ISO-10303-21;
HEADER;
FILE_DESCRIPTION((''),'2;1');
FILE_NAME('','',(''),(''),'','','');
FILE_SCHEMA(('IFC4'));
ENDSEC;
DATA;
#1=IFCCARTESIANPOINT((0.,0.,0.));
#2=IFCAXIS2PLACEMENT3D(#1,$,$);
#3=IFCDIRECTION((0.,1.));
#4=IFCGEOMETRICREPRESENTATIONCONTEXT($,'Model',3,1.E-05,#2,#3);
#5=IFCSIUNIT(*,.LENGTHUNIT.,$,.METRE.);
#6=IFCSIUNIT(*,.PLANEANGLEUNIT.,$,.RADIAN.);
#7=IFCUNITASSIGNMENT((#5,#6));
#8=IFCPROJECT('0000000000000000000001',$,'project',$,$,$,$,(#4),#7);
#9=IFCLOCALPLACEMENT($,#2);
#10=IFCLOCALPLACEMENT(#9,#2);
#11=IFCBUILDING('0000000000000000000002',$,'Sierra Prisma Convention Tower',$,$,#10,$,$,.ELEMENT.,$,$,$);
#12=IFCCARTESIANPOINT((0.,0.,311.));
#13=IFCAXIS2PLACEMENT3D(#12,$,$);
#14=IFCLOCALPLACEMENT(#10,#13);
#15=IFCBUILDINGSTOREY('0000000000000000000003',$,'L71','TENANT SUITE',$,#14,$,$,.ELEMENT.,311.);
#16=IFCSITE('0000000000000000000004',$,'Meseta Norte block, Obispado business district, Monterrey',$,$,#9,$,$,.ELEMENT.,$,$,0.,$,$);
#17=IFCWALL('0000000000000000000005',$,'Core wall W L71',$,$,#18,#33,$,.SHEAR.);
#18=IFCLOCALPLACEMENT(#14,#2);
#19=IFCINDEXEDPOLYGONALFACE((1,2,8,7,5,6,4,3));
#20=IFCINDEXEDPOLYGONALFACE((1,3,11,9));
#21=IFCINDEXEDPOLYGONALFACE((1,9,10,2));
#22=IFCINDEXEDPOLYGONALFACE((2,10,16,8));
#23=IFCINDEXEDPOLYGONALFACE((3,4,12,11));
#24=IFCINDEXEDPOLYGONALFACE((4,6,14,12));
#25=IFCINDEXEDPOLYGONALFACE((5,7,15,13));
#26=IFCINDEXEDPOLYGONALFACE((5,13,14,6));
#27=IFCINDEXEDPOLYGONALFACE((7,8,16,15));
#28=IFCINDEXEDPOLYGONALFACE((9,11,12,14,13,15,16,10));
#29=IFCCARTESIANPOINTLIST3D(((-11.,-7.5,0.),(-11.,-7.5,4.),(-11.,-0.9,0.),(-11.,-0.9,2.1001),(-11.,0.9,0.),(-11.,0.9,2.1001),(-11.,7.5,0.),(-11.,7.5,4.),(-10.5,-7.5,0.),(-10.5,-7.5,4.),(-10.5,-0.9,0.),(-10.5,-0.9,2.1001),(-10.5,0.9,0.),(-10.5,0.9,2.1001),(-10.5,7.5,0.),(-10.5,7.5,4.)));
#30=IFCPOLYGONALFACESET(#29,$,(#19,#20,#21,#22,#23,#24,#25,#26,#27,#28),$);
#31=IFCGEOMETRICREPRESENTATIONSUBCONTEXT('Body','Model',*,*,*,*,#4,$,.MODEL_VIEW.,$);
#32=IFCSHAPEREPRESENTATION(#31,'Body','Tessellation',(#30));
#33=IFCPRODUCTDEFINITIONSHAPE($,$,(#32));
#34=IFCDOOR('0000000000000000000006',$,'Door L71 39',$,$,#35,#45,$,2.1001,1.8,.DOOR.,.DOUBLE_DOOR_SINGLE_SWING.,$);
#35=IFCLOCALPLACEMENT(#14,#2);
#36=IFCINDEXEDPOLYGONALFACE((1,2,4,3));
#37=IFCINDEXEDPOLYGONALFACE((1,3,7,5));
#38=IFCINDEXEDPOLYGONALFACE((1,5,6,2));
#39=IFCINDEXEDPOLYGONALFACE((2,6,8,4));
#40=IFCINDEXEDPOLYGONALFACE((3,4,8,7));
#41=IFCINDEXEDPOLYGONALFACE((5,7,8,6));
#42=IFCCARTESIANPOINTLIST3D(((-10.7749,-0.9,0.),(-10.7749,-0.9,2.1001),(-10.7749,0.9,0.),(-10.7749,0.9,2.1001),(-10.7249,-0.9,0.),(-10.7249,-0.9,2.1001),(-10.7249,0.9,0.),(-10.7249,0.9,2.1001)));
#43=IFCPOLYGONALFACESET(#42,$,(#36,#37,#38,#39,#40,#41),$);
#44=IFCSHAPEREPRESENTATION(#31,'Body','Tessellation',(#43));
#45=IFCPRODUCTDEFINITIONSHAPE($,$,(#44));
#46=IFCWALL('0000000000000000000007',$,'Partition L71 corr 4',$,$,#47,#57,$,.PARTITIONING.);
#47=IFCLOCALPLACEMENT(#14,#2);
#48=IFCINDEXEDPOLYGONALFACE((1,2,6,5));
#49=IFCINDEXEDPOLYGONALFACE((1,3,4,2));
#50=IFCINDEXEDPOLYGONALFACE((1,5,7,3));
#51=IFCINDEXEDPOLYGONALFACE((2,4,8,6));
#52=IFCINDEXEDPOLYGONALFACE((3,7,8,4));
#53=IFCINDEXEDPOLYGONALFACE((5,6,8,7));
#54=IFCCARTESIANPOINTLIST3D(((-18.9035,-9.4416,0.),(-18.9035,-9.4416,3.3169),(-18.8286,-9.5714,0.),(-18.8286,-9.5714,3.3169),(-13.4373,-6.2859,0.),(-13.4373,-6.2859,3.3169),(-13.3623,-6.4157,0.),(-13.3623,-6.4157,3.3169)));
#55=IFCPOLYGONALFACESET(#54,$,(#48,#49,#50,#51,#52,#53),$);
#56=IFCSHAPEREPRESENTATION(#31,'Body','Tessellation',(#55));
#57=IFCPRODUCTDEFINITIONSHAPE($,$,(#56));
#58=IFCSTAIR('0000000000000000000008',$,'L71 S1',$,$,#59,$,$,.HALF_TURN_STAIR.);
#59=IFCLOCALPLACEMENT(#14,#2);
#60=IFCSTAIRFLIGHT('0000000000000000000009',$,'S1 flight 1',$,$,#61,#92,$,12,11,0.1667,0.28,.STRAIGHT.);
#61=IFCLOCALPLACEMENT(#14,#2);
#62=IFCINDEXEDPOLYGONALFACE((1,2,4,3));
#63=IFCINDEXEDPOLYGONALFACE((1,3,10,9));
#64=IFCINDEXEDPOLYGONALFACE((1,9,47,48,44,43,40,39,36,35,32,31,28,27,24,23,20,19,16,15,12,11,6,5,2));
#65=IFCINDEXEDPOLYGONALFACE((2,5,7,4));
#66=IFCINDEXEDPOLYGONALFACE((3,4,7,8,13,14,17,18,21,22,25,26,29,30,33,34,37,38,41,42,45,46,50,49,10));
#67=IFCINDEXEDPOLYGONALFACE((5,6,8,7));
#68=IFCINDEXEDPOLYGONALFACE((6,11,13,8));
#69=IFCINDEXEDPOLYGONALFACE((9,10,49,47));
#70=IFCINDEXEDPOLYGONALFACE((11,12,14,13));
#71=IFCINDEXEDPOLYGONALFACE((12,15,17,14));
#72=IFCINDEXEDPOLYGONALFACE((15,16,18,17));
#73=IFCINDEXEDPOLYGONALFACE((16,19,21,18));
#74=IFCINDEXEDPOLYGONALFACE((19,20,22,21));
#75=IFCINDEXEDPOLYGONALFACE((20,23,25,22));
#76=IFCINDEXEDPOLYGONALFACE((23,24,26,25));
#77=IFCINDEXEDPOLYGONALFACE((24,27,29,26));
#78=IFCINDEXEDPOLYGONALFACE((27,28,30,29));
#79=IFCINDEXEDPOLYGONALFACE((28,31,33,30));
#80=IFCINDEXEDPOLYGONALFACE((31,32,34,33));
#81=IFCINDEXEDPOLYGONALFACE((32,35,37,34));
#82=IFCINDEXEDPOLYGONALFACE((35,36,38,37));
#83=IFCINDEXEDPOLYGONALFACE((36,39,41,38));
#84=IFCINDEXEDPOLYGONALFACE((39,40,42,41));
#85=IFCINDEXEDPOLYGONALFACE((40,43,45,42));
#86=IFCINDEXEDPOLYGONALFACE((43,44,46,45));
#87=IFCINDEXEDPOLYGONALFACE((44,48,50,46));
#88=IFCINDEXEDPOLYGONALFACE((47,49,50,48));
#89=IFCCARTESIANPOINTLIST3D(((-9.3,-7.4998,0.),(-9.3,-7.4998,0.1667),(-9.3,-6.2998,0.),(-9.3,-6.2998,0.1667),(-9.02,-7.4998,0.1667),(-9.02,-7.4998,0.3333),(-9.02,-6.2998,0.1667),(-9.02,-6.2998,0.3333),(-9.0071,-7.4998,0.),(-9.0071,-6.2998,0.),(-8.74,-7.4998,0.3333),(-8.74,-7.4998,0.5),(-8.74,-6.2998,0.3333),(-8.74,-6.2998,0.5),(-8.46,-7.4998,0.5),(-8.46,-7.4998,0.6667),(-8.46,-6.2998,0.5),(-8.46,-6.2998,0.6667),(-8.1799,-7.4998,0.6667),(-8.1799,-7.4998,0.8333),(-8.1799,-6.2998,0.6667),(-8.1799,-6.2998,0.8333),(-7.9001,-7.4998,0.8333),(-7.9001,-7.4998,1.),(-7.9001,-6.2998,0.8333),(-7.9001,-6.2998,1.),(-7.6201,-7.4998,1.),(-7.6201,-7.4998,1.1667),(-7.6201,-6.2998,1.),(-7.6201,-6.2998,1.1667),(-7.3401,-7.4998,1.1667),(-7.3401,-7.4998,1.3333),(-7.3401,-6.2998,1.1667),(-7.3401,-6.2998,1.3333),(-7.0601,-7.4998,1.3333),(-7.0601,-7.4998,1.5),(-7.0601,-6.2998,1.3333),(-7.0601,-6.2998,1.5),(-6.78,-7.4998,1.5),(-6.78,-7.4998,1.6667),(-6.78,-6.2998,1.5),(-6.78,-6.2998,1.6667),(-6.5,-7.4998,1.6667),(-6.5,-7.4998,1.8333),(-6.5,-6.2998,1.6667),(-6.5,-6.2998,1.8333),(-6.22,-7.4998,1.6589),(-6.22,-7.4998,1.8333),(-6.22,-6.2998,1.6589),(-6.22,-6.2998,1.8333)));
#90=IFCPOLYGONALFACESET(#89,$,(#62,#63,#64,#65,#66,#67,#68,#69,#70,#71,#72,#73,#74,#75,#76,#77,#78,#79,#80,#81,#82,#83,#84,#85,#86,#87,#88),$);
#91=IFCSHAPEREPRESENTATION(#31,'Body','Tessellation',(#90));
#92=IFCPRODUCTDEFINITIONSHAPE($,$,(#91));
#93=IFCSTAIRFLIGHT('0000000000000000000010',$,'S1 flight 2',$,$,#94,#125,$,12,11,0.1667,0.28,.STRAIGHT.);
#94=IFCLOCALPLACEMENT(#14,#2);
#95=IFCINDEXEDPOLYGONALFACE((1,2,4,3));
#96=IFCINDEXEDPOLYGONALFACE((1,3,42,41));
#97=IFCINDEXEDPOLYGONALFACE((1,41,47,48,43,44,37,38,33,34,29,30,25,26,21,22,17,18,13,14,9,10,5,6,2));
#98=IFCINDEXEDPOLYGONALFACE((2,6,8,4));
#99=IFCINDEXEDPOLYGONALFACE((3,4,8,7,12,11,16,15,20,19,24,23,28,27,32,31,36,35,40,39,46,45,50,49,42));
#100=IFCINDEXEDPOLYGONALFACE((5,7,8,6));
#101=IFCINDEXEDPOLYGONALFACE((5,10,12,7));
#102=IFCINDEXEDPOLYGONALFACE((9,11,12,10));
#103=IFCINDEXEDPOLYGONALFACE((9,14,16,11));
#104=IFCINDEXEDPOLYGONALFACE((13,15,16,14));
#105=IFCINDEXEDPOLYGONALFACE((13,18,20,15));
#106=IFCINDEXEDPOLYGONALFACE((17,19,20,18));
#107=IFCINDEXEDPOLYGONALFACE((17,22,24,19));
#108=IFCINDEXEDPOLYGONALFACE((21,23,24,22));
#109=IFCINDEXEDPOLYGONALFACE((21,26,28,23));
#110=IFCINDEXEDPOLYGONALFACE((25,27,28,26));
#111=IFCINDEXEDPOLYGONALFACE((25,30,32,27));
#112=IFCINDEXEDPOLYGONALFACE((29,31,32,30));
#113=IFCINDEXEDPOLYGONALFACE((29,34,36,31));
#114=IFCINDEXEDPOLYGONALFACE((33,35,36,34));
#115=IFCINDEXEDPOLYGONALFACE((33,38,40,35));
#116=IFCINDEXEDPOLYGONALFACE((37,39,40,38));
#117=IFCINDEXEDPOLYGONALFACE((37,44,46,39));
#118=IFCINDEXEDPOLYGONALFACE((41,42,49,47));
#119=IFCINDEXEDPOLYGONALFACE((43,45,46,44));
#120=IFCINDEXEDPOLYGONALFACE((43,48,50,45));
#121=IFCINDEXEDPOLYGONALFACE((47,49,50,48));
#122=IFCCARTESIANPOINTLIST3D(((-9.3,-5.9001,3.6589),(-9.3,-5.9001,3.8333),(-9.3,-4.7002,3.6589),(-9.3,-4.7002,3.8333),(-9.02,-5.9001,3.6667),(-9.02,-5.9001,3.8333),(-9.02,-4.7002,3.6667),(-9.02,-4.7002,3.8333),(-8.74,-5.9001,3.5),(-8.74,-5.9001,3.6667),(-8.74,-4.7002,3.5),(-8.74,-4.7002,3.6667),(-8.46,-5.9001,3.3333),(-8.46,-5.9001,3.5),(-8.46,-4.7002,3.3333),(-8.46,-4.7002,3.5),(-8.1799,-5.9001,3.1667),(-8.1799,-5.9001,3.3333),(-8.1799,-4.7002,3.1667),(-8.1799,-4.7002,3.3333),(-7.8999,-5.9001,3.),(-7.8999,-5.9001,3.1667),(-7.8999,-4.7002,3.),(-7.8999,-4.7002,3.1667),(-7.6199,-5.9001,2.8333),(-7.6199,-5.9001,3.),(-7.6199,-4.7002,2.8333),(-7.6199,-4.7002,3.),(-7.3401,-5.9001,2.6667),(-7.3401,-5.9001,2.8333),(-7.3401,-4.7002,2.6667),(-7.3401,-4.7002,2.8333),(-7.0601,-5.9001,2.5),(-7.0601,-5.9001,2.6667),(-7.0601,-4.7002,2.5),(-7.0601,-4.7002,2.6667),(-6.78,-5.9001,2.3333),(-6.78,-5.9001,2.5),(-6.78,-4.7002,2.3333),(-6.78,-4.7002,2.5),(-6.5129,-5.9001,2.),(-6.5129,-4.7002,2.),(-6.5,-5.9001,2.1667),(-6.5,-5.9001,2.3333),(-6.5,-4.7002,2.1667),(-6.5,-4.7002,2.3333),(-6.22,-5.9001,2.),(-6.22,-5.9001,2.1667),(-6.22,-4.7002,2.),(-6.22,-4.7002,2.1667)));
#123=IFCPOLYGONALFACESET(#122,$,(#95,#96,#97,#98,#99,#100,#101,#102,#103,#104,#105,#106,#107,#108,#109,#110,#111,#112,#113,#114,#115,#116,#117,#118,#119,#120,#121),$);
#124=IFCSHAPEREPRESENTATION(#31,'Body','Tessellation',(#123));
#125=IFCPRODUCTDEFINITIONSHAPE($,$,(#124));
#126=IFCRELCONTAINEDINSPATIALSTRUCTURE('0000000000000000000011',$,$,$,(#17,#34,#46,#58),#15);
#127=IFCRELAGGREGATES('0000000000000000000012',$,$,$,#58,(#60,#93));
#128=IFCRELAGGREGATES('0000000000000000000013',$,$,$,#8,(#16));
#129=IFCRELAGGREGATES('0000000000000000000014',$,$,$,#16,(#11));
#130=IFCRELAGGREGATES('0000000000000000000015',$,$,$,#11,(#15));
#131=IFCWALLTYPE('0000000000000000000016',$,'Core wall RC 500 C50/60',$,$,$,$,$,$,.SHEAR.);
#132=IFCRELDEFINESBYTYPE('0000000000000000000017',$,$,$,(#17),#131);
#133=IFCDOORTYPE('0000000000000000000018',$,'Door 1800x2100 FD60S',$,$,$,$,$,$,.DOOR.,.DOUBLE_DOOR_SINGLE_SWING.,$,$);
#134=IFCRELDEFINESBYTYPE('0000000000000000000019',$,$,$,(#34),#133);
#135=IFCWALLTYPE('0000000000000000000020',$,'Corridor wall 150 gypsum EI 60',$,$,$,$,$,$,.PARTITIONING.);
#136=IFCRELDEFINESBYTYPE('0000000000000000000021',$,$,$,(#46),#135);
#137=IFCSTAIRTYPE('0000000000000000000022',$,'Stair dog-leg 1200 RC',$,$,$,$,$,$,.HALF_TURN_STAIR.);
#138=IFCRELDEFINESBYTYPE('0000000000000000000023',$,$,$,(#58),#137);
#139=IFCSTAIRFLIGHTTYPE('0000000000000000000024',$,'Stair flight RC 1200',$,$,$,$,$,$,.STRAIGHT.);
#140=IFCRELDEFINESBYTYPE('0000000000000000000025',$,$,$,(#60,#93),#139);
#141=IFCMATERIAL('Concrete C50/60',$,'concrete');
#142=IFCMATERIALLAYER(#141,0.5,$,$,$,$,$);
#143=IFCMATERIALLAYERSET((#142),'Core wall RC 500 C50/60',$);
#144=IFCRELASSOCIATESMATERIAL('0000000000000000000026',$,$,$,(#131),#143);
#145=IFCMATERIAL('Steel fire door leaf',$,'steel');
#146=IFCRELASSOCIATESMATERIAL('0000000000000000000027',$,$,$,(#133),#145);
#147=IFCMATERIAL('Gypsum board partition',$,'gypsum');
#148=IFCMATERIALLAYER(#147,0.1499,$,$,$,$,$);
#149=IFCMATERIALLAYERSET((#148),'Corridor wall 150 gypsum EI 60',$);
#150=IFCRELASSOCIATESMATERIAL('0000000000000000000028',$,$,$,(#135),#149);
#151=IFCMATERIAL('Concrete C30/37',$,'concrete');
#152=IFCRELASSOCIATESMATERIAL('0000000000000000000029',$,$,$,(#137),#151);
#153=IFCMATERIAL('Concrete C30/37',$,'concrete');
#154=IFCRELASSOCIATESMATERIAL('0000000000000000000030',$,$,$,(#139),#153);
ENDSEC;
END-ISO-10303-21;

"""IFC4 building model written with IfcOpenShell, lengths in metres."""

from ifc_helpers import new_model, si_unit, direction, frame, frame_2d, origin, place, context, subcontext, project, spatial, polyline, rectangle, outline, extrude, material, layer, layer_set, type_object, element, fill, aggregate, save


model = new_model("IFC4")

# Units and contexts
model_context = context("Model", 3, precision=1e-05, world=origin(), true_north=direction((0.0, 1.0)))
body_context = subcontext(model_context, "Body", "Model", "MODEL_VIEW")
ifc_project = project(units=[si_unit("LENGTHUNIT", "METRE"), si_unit("PLANEANGLEUNIT", "RADIAN")], contexts=[model_context])

# Site, building, storey
site_placement = place(None, origin())
site = spatial("IfcSite", under=ifc_project, at=site_placement, Name="Meseta Norte block, Obispado business district, Monterrey", CompositionType="ELEMENT", RefElevation=0.0)
building_placement = place(site_placement, origin())
building = spatial("IfcBuilding", under=site, at=building_placement, Name="Sierra Prisma Convention Tower", CompositionType="ELEMENT")
storey_placement = place(building_placement, frame((0.0, 0.0, 311.0)))
storey = spatial("IfcBuildingStorey", under=building, at=storey_placement, Name="L71", Description="TENANT SUITE", CompositionType="ELEMENT", Elevation=311.0)

# Wall, opening, door
ifc_material_1 = material(Name="Concrete C50/60", Category="concrete")
ifc_layer_1 = layer(ifc_material_1, 0.5)
ifc_layer_set_1 = layer_set([ifc_layer_1], Name="Core wall RC 500 C50/60")
wall_type_1 = type_object("IfcWallType", Name="Core wall RC 500 C50/60", PredefinedType="SHEAR", material=ifc_layer_set_1)
wall_1_placement = place(storey_placement, frame((-10.75, -7.5, 0.0), z_axis=(0.0, 0.0, 1.0), x_axis=(0.0, 1.0, 0.0)))
wall_1 = element("IfcWall", 1, at=wall_1_placement, inside=storey, type_object=wall_type_1, Name="Core wall W L71", PredefinedType="SHEAR", context=body_context, shape_type="SweptSolid", body=[
    extrude(rectangle(XDim=15.0, YDim=0.5, at=frame_2d((7.5, 0.0))), origin(), (0.0, 0.0, 1.0), 4.0),
])
opening_1_placement = place(wall_1_placement, frame((6.6001, 0.0, 0.0)))
opening_1 = element("IfcOpeningElement", 2, at=opening_1_placement, cuts=wall_1, PredefinedType="OPENING", context=body_context, shape_type="SweptSolid", body=[
    extrude(rectangle(XDim=1.8, YDim=2.1001, at=frame_2d((0.8999, 1.05))), frame((0.0, 0.25, 0.0), z_axis=(0.0, -1.0, 0.0), x_axis=(1.0, 0.0, 0.0)), (0.0, 0.0, 1.0), 0.5),
])
ifc_material_2 = material(Name="Steel fire door leaf", Category="steel")
door_type_1 = type_object("IfcDoorType", Name="Door 1800x2100 FD60S", OperationType="DOUBLE_DOOR_SINGLE_SWING", PredefinedType="DOOR", material=ifc_material_2)
door_1_placement = place(opening_1_placement, origin())
door_1 = element("IfcDoor", 3, at=door_1_placement, inside=storey, type_object=door_type_1, Name="Door L71 39", OperationType="DOUBLE_DOOR_SINGLE_SWING", OverallHeight=2.1001, OverallWidth=1.8, PredefinedType="DOOR", context=body_context, shape_type="SweptSolid", body=[
    extrude(rectangle(XDim=1.8, YDim=2.1001, at=frame_2d((0.8999, 1.05))), frame((0.0, 0.0249, 0.0), z_axis=(0.0, -1.0, 0.0), x_axis=(1.0, 0.0, 0.0)), (0.0, 0.0, 1.0), 0.05),
])
fill(opening_1, door_1)

# Wall
ifc_material_3 = material(Name="Gypsum board partition", Category="gypsum")
ifc_layer_2 = layer(ifc_material_3, 0.1499)
ifc_layer_set_2 = layer_set([ifc_layer_2], Name="Corridor wall 150 gypsum EI 60")
wall_type_2 = type_object("IfcWallType", Name="Corridor wall 150 gypsum EI 60", PredefinedType="PARTITIONING", material=ifc_layer_set_2)
wall_2_placement = place(storey_placement, frame((-13.3999, -6.3508, 0.0), z_axis=(0.0, 0.0, 1.0), x_axis=(-0.86604, -0.499975, 0.0)))
element("IfcWall", 4, at=wall_2_placement, inside=storey, type_object=wall_type_2, Name="Partition L71 corr 4", PredefinedType="PARTITIONING", context=body_context, shape_type="SweptSolid", body=[
    extrude(rectangle(XDim=6.3118, YDim=0.1499, at=frame_2d((3.1558, 0.0))), origin(), (0.0, 0.0, 1.0), 3.3169),
])

# Stair, stair flights
ifc_material_4 = material(Name="Concrete C30/37", Category="concrete")
stair_type = type_object("IfcStairType", Name="Stair dog-leg 1200 RC", PredefinedType="HALF_TURN_STAIR", material=ifc_material_4)
stair_placement = place(storey_placement, origin())
stair = element("IfcStair", 5, at=stair_placement, inside=storey, type_object=stair_type, Name="L71 S1", PredefinedType="HALF_TURN_STAIR")
ifc_material_5 = material(Name="Concrete C30/37", Category="concrete")
stair_flight_type = type_object("IfcStairFlightType", Name="Stair flight RC 1200", PredefinedType="STRAIGHT", material=ifc_material_5)
stair_flight_1_placement = place(storey_placement, frame((-9.3, -6.8999, 0.0), z_axis=(0.0, 0.0, 1.0), x_axis=(1.0, 0.0, 0.0)))
stair_flight_1 = element("IfcStairFlight", 6, at=stair_flight_1_placement, type_object=stair_flight_type, Name="S1 flight 1", NumberOfRisers=12, NumberOfTreads=11, PredefinedType="STRAIGHT", RiserHeight=0.1667, TreadLength=0.28, context=body_context, shape_type="SweptSolid", body=[
    extrude(outline(polyline([(0.0, 0.0), (0.0, 0.1667), (0.28, 0.1667), (0.28, 0.3333), (0.5601, 0.3333), (0.5601, 0.5), (0.8401, 0.5), (0.8401, 0.6667), (1.1201, 0.6667), (1.1201, 0.8333), (1.3999, 0.8333), (1.3999, 1.0), (1.6799, 1.0), (1.6799, 1.1667), (1.96, 1.1667), (1.96, 1.3333), (2.24, 1.3333), (2.24, 1.5), (2.52, 1.5), (2.52, 1.6667), (2.8, 1.6667), (2.8, 1.8333), (3.0801, 1.8333), (3.0801, 2.0), (3.0801, 1.6589), (0.293, 0.0), (0.0, 0.0)])), frame((0.0, 0.6001, 0.0), z_axis=(0.0, -1.0, 0.0), x_axis=(1.0, 0.0, 0.0)), (0.0, 0.0, 1.0), 1.2),
])
stair_flight_2_placement = place(storey_placement, frame((-6.22, -5.3, 2.0), z_axis=(0.0, 0.0, 1.0), x_axis=(-1.0, 0.0, 0.0)))
stair_flight_2 = element("IfcStairFlight", 7, at=stair_flight_2_placement, type_object=stair_flight_type, Name="S1 flight 2", NumberOfRisers=12, NumberOfTreads=11, PredefinedType="STRAIGHT", RiserHeight=0.1667, TreadLength=0.28, context=body_context, shape_type="SweptSolid", body=[
    extrude(outline(polyline([(0.0, 0.0), (0.0, 0.1667), (0.28, 0.1667), (0.28, 0.3333), (0.5601, 0.3333), (0.5601, 0.5), (0.8401, 0.5), (0.8401, 0.6667), (1.1201, 0.6667), (1.1201, 0.8333), (1.3999, 0.8333), (1.3999, 1.0), (1.6799, 1.0), (1.6799, 1.1667), (1.96, 1.1667), (1.96, 1.3333), (2.24, 1.3333), (2.24, 1.5), (2.52, 1.5), (2.52, 1.6667), (2.8, 1.6667), (2.8, 1.8333), (3.0801, 1.8333), (3.0801, 2.0), (3.0801, 1.6589), (0.293, 0.0), (0.0, 0.0)])), frame((0.0, 0.6001, 0.0), z_axis=(0.0, -1.0, 0.0), x_axis=(1.0, 0.0, 0.0)), (0.0, 0.0, 1.0), 1.2),
])
aggregate(stair, [stair_flight_1, stair_flight_2])

save(model, "model.ifc")
